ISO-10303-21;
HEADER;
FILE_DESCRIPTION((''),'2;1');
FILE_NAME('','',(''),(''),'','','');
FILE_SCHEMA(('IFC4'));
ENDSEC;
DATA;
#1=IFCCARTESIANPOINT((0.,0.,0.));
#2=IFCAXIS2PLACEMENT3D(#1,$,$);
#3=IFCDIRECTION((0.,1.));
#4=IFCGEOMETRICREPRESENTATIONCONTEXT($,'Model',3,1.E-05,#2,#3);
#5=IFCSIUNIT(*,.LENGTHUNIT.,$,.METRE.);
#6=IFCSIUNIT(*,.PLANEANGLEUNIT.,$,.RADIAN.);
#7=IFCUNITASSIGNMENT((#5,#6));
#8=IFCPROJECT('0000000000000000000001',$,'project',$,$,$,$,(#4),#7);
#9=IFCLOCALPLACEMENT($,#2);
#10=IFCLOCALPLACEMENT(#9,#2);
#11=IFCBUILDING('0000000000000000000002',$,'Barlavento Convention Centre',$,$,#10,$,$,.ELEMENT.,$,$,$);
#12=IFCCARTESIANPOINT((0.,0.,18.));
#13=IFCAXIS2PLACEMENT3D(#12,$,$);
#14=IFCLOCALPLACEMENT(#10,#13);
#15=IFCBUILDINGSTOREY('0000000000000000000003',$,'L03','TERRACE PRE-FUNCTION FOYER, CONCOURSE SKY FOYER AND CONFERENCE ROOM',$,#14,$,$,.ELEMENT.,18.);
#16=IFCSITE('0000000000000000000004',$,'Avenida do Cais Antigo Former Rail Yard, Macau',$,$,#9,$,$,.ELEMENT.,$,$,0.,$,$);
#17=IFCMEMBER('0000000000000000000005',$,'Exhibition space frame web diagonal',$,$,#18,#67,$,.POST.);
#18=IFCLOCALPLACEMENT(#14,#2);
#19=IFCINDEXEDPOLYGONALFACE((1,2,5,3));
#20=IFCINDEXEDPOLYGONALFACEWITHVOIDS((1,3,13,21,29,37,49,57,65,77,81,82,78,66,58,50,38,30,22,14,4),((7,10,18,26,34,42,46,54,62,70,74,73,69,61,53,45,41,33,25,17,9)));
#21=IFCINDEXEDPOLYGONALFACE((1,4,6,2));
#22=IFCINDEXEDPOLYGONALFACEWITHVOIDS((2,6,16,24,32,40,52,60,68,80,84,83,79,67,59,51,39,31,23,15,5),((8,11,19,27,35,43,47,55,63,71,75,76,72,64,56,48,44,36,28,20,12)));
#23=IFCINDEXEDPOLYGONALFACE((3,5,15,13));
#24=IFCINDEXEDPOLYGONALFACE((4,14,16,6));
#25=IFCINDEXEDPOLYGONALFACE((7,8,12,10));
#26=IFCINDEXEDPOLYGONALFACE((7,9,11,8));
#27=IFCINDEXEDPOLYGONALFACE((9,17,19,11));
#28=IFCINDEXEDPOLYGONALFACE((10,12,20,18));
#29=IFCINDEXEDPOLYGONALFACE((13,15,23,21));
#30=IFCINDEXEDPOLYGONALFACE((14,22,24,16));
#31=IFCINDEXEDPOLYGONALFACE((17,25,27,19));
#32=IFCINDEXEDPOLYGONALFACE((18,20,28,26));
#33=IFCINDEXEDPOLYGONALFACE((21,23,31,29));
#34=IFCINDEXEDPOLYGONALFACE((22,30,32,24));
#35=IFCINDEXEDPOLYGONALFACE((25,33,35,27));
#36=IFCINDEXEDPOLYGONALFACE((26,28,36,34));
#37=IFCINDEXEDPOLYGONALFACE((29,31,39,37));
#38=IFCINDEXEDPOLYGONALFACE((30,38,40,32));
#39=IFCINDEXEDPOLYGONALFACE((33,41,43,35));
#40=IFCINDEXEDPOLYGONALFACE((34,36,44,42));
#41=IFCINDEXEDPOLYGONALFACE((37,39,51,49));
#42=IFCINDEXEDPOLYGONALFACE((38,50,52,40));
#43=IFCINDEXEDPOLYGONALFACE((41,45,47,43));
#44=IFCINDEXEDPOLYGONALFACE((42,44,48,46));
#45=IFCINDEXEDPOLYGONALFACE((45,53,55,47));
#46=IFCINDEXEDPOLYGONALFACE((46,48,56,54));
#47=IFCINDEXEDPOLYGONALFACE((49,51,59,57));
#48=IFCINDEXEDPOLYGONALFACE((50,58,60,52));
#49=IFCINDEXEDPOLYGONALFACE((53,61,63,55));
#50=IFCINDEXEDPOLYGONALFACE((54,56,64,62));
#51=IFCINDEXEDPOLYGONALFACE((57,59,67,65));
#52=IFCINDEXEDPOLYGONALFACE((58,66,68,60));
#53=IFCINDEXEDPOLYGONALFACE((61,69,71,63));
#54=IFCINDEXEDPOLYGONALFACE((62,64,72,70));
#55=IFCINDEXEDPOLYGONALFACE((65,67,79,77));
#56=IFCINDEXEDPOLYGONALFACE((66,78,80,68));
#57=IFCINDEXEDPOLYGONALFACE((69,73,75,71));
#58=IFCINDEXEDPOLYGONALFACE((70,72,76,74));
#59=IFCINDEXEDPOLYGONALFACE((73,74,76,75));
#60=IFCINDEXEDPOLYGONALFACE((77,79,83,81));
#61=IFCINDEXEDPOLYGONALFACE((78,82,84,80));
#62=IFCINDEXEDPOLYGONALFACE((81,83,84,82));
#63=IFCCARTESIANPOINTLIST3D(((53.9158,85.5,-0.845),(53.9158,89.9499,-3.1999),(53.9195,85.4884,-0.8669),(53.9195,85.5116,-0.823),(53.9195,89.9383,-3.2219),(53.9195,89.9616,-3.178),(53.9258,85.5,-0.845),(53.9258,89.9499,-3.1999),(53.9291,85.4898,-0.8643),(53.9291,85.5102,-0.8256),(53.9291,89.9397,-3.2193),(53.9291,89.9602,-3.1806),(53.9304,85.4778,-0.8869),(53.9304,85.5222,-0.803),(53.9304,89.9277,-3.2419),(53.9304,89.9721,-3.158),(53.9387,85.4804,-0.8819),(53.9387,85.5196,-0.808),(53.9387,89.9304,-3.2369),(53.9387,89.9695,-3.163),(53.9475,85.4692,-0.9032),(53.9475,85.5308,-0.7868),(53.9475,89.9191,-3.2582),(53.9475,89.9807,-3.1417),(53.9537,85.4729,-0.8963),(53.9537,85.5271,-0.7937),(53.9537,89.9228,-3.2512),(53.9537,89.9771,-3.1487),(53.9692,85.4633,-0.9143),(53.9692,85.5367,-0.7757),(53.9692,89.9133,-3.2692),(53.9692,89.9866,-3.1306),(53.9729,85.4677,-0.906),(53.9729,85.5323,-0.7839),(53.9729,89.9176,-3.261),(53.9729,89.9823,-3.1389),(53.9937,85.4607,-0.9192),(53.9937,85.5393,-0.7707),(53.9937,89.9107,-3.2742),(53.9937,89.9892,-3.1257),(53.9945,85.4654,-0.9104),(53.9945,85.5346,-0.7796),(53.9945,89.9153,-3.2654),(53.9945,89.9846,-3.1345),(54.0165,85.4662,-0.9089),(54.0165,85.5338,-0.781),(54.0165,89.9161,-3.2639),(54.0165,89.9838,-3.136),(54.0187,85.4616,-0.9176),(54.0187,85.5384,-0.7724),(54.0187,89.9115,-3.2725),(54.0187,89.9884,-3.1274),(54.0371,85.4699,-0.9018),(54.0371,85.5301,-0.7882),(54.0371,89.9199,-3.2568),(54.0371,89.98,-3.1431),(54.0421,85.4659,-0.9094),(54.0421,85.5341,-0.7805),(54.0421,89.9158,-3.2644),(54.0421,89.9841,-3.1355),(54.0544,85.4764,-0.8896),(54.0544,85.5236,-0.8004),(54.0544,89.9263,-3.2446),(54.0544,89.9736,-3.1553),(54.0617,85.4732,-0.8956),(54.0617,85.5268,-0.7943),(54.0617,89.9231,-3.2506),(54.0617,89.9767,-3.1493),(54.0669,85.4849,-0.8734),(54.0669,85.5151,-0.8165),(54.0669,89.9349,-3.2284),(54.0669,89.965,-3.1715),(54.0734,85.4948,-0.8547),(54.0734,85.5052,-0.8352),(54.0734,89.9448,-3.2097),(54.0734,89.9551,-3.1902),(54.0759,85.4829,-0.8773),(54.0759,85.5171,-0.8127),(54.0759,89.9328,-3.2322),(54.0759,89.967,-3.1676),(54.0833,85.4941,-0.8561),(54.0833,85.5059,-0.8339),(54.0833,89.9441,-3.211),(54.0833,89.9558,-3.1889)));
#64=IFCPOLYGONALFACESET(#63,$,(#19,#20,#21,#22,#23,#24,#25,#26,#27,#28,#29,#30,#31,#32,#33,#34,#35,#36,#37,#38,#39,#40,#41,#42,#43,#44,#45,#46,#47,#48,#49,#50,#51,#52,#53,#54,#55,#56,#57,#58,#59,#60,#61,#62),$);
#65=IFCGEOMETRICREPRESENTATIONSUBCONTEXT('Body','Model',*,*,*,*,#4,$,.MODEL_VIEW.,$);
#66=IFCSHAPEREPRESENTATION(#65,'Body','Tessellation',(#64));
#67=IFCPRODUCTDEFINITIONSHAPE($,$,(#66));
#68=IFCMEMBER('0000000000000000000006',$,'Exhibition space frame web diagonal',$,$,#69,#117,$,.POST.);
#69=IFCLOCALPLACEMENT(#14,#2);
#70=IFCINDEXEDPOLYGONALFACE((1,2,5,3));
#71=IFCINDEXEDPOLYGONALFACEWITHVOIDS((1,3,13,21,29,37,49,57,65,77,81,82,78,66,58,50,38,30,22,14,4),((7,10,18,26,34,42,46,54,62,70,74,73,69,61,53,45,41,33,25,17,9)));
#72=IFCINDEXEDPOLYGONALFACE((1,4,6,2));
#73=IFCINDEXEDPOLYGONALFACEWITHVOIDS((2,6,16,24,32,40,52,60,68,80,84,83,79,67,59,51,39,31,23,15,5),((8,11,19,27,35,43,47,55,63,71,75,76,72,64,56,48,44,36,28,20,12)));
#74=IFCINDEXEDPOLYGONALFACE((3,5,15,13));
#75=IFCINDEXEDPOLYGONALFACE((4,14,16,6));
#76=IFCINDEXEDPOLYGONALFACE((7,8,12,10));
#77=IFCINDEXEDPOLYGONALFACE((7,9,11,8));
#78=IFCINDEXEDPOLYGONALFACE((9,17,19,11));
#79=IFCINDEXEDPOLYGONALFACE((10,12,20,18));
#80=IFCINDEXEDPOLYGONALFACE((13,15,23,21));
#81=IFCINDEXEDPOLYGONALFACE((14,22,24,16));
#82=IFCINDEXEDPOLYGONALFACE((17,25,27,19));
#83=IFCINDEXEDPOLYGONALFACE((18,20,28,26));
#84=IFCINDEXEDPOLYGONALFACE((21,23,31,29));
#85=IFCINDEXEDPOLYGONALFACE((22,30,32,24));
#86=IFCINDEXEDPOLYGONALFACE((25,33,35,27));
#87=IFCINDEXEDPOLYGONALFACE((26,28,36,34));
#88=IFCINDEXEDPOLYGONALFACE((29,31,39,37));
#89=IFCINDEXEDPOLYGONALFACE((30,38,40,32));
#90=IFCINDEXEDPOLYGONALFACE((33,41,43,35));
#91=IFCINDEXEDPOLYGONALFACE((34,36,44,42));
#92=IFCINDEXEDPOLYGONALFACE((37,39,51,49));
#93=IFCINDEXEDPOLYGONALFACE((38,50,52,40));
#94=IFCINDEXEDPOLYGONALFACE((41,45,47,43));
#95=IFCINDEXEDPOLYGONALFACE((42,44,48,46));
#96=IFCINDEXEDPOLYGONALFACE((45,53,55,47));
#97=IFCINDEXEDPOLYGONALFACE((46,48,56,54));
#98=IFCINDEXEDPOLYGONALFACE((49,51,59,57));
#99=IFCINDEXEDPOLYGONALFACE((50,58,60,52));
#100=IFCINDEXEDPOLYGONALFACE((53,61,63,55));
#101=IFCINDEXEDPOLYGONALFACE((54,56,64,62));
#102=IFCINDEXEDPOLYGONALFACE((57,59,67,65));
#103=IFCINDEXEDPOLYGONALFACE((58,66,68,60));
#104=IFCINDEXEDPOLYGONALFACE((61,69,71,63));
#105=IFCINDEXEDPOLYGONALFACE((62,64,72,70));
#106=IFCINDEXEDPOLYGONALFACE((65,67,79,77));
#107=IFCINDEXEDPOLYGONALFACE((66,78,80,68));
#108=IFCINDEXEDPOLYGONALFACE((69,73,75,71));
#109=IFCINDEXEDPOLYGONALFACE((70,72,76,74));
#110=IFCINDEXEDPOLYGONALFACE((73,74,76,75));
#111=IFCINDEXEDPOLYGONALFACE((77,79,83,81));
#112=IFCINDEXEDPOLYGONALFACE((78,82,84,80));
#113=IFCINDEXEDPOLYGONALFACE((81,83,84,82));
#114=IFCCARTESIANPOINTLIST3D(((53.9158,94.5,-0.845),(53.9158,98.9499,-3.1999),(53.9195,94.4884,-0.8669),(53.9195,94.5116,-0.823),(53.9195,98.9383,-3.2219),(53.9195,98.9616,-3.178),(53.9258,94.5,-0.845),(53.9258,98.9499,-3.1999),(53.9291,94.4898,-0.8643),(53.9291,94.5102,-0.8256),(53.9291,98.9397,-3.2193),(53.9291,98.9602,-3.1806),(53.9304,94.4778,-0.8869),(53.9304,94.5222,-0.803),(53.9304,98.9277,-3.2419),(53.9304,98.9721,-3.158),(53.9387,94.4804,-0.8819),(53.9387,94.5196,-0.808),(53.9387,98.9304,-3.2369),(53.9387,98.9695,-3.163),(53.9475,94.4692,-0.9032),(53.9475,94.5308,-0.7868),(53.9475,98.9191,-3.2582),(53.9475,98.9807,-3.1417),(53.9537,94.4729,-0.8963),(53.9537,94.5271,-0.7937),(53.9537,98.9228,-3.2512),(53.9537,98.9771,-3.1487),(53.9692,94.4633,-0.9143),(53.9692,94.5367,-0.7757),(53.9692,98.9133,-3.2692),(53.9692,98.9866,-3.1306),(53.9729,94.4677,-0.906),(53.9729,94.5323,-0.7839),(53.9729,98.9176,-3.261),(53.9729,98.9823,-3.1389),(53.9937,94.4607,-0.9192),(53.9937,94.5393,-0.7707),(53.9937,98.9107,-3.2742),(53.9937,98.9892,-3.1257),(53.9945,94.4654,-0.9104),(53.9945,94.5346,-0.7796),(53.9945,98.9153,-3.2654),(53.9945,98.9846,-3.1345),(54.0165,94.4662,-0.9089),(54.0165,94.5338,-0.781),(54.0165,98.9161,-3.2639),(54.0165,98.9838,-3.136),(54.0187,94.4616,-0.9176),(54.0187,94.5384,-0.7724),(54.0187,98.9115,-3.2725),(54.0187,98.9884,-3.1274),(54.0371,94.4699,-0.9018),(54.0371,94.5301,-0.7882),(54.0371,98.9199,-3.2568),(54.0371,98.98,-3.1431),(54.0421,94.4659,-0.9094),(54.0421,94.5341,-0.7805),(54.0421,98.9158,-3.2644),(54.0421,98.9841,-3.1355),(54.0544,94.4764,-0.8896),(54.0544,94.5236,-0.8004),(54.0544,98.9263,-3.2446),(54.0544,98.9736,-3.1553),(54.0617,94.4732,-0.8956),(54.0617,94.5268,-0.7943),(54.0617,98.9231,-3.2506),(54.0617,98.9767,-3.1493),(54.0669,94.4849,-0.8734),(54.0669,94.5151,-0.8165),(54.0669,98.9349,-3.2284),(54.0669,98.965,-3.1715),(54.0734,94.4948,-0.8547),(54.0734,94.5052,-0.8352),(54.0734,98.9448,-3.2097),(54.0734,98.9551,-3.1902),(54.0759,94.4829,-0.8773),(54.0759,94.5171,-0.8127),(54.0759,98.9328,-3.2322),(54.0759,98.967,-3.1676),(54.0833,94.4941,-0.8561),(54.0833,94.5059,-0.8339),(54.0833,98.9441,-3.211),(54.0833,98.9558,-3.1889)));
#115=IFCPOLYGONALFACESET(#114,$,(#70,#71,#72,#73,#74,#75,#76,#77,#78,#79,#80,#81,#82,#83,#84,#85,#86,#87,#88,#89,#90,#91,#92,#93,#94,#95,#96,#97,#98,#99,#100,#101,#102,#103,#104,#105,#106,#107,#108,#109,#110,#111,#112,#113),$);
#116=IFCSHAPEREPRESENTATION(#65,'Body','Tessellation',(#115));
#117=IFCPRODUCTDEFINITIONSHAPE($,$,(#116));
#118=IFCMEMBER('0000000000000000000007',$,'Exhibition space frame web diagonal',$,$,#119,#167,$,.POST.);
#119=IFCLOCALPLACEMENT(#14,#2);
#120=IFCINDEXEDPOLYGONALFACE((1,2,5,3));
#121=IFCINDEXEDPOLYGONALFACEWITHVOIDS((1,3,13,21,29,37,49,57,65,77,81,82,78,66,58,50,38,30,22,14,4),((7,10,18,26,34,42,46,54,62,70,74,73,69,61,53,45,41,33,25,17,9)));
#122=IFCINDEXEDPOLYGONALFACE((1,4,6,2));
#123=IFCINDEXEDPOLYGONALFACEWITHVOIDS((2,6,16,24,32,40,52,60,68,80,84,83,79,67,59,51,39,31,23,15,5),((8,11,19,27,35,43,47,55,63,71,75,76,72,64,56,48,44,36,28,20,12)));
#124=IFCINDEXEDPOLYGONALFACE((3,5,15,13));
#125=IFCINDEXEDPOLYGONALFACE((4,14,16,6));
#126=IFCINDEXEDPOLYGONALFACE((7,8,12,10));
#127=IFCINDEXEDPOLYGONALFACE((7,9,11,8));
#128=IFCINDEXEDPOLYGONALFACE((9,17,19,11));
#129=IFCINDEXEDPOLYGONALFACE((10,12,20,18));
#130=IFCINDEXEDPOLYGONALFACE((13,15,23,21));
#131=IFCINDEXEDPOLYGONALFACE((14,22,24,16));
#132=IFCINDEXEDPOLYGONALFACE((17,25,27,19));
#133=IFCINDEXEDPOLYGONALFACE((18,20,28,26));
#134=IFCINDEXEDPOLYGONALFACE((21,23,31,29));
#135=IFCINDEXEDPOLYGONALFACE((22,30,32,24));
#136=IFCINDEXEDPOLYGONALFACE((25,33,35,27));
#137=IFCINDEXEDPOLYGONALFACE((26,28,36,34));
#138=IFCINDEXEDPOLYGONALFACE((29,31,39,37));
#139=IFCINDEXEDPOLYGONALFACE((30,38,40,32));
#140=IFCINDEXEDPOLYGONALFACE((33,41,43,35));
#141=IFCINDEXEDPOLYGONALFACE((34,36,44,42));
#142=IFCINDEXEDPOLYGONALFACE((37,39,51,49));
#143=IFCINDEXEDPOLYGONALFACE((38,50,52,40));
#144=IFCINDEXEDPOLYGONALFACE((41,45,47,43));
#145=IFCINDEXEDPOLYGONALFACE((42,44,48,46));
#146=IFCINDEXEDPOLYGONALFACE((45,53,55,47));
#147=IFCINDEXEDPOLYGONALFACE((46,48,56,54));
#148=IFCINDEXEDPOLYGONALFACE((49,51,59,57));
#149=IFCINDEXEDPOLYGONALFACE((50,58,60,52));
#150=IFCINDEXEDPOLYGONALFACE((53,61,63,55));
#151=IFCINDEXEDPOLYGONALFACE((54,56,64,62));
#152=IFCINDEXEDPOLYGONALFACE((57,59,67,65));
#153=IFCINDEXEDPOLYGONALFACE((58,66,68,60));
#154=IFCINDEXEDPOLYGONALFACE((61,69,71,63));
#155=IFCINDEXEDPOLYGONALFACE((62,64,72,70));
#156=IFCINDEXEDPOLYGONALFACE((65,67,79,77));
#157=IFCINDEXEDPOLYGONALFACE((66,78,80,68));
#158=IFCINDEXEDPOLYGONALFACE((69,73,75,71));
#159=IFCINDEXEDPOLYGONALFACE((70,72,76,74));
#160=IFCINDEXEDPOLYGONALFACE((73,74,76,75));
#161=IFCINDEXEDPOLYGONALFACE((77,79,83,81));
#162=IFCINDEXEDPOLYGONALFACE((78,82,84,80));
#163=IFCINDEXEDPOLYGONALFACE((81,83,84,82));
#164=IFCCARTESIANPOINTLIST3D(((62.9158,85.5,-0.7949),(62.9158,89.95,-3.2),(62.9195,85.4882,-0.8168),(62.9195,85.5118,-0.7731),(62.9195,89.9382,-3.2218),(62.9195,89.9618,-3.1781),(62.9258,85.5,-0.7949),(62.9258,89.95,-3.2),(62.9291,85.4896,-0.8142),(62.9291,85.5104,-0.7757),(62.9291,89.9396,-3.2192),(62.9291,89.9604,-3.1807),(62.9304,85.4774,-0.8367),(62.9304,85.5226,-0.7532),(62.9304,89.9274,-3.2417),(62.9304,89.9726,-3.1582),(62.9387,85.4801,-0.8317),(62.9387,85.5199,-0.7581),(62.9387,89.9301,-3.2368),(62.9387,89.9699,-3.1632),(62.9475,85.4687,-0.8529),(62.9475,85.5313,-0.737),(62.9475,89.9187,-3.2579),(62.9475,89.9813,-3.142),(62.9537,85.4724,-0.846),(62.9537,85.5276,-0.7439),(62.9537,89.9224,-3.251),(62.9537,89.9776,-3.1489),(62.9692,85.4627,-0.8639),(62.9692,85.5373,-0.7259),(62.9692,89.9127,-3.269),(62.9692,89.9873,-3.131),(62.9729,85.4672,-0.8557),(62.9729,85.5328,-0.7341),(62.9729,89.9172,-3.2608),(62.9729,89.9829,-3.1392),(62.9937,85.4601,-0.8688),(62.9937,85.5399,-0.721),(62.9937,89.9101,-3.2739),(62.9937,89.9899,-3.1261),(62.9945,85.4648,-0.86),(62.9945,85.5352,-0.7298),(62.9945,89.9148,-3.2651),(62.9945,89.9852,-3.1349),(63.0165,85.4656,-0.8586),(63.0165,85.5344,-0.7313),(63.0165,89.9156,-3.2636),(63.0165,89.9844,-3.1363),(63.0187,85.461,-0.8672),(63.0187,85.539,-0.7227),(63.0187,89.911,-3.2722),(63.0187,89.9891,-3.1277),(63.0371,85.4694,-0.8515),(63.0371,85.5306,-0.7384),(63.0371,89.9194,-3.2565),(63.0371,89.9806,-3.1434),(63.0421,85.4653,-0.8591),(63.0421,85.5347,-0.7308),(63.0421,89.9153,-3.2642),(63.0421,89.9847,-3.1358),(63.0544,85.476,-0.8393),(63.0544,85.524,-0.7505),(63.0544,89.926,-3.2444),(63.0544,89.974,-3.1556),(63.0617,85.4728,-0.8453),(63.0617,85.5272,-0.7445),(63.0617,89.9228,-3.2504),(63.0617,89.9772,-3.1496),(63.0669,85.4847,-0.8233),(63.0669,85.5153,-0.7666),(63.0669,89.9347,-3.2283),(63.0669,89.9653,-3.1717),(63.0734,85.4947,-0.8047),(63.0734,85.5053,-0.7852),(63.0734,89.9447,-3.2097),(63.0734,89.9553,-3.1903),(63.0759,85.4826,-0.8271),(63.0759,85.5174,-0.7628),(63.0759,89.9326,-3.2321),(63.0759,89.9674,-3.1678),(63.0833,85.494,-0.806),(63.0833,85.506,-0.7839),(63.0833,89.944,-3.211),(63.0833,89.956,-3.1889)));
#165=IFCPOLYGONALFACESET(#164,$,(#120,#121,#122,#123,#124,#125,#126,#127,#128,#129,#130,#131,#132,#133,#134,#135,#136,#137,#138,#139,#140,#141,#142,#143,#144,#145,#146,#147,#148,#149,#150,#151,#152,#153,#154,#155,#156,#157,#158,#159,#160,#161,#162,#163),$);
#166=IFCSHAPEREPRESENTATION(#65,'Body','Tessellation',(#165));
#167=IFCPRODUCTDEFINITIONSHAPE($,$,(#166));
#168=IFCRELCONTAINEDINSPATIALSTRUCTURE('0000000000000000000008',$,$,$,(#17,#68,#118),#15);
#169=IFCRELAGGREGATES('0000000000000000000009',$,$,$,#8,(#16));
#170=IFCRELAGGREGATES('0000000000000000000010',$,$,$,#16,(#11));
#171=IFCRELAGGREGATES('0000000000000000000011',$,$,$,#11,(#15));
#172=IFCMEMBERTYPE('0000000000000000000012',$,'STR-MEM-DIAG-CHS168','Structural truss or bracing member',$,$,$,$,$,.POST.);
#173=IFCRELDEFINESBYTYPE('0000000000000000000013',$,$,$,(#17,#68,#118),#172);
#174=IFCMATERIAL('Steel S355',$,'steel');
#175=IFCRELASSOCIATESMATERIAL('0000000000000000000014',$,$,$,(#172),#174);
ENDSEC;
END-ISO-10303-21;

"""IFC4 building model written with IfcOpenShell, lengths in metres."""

from ifc_helpers import new_model, si_unit, direction, frame, origin, origin_2d, place, context, subcontext, project, spatial, hollow_circle, extrude, material, material_profile, profile_set, type_object, element, save


model = new_model("IFC4")

# Units and contexts
model_context = context("Model", 3, precision=1e-05, world=origin(), true_north=direction((0.0, 1.0)))
body_context = subcontext(model_context, "Body", "Model", "MODEL_VIEW")
ifc_project = project(units=[si_unit("LENGTHUNIT", "METRE"), si_unit("PLANEANGLEUNIT", "RADIAN")], contexts=[model_context])

# Site, building, storey
site_placement = place(None, origin())
site = spatial("IfcSite", under=ifc_project, at=site_placement, Name="Avenida do Cais Antigo Former Rail Yard, Macau", CompositionType="ELEMENT", RefElevation=0.0)
building_placement = place(site_placement, origin())
building = spatial("IfcBuilding", under=site, at=building_placement, Name="Barlavento Convention Centre", CompositionType="ELEMENT")
storey_placement = place(building_placement, frame((0.0, 0.0, 18.0)))
storey = spatial("IfcBuildingStorey", under=building, at=storey_placement, Name="L03", Description="TERRACE PRE-FUNCTION FOYER, CONCOURSE SKY FOYER AND CONFERENCE ROOM", CompositionType="ELEMENT", Elevation=18.0)

# Members
ifc_material_1 = material(Name="Steel S355", Category="steel")
ifc_material_profile_1 = material_profile(ifc_material_1, hollow_circle(Radius=0.0842, WallThickness=0.01, at=origin_2d()), Name="CHS 168.3x10.0")
ifc_profile_set_1 = profile_set([ifc_material_profile_1], Name="Steel S355")
member_type_1 = type_object("IfcMemberType", Name="STR-MEM-DIAG-CHS168", Description="Structural truss or bracing member", PredefinedType="POST", material=ifc_profile_set_1)
for number, where, z_axis, x_axis, name in (
    (1, (54.0, 85.5, -0.845), (0.0, 0.88386, -0.467752), (-1.0, 0.0, 0.0), "Exhibition space frame web diagonal"),
    (2, (54.0, 94.5, -0.845), (0.0, 0.88386, -0.467752), (-1.0, 0.0, 0.0), "Exhibition space frame web diagonal"),
):
    element("IfcMember", number, at=place(storey_placement, frame(where, z_axis=z_axis, x_axis=x_axis)), inside=storey, type_object=member_type_1, Name=name, PredefinedType="POST", context=body_context, shape_type="SweptSolid", body=[
        extrude(hollow_circle(Radius=0.0842, WallThickness=0.01, at=origin_2d()), origin(), (0.0, 0.0, 1.0), 5.0347),
    ])
for number, where, z_axis, x_axis, name in (
    (3, (63.0, 85.5, -0.7949), (0.0, 0.879735, -0.475464), (-1.0, 0.0, 0.0), "Exhibition space frame web diagonal"),
):
    element("IfcMember", number, at=place(storey_placement, frame(where, z_axis=z_axis, x_axis=x_axis)), inside=storey, type_object=member_type_1, Name=name, PredefinedType="POST", context=body_context, shape_type="SweptSolid", body=[
        extrude(hollow_circle(Radius=0.0842, WallThickness=0.01, at=origin_2d()), origin(), (0.0, 0.0, 1.0), 5.0583),
    ])

save(model, "model.ifc")
